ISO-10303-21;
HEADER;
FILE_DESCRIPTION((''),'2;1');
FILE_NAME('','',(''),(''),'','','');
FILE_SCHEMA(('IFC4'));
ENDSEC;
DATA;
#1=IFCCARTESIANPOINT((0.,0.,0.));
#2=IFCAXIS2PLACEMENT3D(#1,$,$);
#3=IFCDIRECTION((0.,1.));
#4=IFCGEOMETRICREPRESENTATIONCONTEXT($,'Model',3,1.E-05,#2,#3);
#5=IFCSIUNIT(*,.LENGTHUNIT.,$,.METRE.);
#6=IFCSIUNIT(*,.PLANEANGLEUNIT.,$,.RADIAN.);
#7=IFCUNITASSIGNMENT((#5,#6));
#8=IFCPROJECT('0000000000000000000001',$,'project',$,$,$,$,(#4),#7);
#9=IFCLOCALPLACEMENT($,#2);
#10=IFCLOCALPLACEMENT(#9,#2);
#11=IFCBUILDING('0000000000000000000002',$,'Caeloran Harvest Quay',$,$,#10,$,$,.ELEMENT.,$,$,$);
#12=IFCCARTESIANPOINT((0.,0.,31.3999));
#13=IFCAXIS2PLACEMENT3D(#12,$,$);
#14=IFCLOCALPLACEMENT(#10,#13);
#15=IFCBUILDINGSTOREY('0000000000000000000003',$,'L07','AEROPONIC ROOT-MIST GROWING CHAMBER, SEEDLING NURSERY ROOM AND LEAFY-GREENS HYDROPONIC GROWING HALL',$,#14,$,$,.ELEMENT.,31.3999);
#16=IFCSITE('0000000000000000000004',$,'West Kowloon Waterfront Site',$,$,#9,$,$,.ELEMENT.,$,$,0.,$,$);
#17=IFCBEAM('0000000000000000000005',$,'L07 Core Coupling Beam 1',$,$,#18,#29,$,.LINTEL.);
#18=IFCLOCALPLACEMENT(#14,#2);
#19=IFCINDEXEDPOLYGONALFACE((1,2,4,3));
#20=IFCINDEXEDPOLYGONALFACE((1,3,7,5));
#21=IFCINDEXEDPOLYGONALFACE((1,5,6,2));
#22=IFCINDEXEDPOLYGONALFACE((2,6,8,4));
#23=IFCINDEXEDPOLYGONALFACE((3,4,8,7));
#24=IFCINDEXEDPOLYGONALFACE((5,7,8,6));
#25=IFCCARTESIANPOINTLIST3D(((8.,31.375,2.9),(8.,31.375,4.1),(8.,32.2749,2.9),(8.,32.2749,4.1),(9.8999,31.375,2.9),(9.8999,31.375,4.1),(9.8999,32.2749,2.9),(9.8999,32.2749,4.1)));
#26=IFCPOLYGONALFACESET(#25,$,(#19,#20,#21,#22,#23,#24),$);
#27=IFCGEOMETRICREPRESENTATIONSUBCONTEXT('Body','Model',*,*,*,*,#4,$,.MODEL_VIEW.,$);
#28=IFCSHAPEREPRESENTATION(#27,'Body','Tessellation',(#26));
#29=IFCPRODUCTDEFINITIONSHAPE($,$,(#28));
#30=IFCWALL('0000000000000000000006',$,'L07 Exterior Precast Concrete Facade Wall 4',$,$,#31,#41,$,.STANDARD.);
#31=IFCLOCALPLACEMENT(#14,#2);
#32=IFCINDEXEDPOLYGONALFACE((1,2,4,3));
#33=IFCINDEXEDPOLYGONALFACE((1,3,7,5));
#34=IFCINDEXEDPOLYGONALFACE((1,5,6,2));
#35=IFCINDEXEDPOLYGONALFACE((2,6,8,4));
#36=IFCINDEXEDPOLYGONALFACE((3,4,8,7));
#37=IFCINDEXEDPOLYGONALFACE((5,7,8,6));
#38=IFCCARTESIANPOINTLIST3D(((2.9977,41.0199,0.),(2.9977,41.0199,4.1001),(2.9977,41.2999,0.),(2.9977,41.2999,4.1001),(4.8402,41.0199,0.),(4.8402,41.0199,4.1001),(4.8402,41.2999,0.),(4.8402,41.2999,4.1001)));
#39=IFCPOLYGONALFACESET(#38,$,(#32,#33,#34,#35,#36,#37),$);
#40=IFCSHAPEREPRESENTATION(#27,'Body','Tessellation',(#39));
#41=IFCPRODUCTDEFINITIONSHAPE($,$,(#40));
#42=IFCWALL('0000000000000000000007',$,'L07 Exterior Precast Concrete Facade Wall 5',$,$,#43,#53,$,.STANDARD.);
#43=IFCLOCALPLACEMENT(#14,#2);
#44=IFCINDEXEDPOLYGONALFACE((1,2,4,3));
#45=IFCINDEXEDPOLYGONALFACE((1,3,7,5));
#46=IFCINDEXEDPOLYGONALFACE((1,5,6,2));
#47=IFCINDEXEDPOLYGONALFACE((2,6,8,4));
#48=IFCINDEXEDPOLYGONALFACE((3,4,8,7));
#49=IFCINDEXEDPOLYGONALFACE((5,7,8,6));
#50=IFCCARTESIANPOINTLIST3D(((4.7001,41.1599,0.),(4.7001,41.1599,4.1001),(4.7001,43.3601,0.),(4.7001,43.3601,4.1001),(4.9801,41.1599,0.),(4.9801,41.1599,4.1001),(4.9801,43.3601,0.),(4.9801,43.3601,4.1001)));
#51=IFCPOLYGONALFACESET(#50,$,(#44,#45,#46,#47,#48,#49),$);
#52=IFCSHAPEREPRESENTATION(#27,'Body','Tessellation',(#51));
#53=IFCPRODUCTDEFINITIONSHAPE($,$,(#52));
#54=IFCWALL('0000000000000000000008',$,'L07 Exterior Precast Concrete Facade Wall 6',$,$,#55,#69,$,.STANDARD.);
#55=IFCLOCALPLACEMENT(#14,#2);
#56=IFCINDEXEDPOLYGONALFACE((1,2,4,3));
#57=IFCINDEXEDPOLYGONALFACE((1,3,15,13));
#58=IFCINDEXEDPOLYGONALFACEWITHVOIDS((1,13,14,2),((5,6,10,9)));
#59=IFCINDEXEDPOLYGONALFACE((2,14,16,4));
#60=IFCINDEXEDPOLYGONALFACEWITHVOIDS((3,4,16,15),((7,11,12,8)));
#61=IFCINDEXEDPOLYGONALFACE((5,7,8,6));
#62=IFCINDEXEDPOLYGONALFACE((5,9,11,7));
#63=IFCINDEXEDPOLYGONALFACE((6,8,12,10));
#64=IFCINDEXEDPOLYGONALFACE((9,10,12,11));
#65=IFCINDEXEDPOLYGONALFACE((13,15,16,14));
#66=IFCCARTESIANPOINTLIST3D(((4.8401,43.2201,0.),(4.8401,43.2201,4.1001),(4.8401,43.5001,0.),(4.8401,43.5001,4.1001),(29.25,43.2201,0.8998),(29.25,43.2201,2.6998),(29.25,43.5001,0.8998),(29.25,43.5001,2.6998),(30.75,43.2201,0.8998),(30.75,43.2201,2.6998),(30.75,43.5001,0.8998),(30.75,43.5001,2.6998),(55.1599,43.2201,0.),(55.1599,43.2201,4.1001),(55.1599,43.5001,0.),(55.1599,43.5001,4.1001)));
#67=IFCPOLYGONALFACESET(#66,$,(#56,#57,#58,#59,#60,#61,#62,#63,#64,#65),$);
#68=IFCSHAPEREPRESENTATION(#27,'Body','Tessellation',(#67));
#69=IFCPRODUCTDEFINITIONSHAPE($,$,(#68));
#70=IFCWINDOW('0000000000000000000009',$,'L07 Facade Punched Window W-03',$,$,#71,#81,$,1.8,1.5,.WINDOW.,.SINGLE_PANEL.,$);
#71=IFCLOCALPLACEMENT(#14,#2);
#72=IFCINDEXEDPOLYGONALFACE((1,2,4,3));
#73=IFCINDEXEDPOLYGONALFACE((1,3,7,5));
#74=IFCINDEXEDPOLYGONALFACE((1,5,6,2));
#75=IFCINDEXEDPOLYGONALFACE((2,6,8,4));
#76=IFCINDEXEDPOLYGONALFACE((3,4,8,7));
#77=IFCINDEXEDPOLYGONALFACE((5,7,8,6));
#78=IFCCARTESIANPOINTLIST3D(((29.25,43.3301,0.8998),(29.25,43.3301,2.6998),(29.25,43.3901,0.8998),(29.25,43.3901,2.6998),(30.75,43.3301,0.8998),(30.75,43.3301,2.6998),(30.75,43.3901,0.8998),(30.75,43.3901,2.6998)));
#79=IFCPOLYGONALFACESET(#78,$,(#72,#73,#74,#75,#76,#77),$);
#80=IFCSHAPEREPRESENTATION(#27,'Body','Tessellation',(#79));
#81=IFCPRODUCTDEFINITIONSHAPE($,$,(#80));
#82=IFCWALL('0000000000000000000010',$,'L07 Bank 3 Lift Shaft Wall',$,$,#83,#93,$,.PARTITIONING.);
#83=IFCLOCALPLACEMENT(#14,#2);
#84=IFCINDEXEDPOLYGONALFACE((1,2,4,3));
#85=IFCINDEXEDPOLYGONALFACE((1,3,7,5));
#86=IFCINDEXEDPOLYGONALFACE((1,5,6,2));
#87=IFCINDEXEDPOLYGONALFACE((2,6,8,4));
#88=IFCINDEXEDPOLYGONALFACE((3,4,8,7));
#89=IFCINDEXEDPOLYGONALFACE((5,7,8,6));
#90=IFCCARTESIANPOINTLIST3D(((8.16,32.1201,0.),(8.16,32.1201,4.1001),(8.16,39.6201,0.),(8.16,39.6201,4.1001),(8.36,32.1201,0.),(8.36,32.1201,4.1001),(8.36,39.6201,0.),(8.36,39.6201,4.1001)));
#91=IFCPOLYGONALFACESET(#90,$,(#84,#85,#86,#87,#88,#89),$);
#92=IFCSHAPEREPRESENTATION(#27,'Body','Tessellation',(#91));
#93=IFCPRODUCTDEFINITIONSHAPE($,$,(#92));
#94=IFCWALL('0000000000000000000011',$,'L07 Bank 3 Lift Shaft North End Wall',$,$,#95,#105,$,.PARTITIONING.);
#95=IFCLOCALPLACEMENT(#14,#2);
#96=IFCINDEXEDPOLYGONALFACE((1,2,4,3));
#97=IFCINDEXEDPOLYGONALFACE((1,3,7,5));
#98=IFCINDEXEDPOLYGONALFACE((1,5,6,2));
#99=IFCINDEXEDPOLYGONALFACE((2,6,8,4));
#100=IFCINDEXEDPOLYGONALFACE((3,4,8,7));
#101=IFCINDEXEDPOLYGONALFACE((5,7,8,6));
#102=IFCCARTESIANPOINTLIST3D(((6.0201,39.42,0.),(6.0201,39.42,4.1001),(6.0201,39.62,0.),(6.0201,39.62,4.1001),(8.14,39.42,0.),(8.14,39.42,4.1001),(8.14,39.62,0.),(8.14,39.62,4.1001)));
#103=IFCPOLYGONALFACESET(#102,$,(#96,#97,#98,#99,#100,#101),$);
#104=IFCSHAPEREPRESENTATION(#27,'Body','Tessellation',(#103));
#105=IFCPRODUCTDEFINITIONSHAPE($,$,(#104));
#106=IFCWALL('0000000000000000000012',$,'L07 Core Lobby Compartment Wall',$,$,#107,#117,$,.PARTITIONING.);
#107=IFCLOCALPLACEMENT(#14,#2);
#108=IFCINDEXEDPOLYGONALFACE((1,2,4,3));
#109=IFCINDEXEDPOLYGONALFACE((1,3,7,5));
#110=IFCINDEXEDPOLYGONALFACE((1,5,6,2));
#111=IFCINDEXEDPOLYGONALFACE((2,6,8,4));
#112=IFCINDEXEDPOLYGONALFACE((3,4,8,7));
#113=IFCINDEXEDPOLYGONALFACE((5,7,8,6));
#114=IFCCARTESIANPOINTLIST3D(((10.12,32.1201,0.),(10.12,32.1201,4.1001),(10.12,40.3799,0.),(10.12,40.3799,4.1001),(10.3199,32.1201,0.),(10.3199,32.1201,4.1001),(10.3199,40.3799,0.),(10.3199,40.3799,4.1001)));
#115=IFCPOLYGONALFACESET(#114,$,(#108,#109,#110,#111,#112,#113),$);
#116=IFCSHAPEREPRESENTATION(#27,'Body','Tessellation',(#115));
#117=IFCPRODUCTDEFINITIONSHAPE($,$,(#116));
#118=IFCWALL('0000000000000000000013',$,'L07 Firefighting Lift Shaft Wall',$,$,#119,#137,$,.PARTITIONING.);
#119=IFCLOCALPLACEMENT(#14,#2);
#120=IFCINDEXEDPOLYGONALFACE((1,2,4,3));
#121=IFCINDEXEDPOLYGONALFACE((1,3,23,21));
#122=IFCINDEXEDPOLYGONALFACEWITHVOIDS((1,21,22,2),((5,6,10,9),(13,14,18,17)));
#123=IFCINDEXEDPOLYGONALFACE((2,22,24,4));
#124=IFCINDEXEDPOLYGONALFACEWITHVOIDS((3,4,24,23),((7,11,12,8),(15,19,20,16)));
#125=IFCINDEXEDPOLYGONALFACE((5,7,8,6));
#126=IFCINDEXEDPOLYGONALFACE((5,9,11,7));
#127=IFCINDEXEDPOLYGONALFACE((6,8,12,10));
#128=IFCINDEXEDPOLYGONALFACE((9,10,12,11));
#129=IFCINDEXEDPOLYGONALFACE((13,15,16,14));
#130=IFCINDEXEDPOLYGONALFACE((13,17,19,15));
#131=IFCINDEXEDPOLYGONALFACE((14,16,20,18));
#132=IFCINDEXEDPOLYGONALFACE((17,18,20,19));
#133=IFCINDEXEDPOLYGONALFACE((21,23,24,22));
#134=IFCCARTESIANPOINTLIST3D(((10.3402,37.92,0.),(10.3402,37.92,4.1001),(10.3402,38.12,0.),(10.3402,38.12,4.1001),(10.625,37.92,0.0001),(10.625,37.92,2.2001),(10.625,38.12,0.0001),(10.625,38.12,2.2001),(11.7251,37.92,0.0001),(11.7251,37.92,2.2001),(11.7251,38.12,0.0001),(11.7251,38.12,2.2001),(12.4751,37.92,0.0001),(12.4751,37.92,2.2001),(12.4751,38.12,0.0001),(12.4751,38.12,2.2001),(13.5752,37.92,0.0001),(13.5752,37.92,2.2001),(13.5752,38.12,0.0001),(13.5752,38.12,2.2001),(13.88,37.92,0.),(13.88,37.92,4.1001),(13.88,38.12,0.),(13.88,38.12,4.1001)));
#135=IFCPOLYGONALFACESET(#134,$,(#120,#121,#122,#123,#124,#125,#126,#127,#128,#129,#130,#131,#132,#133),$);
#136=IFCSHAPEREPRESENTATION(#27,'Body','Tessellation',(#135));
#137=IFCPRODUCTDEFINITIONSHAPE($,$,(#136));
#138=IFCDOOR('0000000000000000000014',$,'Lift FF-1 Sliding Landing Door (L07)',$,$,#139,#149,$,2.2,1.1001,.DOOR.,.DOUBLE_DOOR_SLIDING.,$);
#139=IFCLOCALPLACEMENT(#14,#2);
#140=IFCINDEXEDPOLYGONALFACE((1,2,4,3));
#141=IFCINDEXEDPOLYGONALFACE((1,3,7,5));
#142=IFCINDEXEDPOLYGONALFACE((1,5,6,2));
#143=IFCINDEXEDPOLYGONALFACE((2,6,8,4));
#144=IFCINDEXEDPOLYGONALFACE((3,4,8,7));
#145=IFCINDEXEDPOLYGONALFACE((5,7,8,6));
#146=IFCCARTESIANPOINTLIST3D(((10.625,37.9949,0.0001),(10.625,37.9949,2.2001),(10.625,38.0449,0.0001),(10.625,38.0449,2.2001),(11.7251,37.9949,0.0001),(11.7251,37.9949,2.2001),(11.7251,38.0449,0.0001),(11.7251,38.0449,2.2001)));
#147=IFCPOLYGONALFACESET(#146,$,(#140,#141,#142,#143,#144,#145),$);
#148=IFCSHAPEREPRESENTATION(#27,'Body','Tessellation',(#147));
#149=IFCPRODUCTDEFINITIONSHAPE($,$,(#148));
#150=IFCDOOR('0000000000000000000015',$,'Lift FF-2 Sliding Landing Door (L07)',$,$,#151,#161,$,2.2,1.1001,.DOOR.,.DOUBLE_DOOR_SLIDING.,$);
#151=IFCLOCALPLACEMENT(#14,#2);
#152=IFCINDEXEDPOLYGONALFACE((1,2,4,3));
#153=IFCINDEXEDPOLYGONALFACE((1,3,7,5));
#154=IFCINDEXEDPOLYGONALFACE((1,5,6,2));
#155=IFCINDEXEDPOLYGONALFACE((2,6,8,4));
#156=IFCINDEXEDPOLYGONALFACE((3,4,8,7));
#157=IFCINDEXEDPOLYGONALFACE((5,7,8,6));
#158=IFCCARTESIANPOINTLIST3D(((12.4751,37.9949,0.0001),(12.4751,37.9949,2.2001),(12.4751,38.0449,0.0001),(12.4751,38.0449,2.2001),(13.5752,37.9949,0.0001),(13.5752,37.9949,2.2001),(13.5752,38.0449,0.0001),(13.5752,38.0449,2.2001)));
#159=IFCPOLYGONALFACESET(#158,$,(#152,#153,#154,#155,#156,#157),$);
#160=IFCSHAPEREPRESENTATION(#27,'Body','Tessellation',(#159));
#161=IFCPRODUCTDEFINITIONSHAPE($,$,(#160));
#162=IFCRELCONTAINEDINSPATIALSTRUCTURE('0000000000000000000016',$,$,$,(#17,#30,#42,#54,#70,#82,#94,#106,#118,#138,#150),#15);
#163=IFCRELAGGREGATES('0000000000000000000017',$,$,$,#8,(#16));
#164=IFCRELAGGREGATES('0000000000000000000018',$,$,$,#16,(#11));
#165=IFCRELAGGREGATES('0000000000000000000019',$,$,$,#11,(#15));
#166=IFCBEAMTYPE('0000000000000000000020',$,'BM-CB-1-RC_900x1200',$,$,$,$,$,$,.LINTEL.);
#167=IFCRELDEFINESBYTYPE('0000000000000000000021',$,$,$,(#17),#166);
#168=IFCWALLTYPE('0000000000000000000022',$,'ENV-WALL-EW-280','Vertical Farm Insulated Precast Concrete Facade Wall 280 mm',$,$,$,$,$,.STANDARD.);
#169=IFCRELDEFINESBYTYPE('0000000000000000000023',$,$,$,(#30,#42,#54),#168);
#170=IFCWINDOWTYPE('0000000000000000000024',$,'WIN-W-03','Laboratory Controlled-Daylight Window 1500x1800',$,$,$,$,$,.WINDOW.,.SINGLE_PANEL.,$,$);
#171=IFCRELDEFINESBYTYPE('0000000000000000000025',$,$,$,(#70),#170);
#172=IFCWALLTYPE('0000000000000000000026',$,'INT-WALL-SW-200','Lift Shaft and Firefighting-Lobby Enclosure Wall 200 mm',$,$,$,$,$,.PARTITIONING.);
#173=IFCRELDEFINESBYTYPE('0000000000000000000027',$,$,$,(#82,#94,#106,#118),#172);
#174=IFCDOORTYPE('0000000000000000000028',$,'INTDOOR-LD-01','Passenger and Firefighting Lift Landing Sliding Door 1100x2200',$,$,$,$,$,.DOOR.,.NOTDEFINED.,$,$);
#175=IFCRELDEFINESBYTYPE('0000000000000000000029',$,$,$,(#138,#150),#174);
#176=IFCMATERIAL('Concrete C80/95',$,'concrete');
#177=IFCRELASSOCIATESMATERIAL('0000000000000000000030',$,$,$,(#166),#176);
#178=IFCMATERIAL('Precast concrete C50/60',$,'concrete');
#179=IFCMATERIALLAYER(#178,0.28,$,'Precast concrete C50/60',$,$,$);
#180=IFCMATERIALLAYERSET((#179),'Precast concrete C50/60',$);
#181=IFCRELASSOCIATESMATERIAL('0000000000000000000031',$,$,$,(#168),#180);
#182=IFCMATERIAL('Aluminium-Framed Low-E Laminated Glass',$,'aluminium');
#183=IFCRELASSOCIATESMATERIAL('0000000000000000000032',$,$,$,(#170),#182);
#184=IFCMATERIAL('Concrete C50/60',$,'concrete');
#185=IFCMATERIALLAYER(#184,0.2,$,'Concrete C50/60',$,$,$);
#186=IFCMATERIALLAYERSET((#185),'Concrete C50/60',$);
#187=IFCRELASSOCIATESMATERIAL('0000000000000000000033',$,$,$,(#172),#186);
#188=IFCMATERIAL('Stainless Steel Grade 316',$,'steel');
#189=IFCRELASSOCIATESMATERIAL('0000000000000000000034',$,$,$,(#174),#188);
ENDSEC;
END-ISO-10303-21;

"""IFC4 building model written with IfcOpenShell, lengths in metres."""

from ifc_helpers import new_model, si_unit, direction, frame, frame_2d, origin, origin_2d, place, context, subcontext, project, spatial, rectangle, extrude, material, layer, layer_set, material_profile, profile_set, type_object, element, fill, save


model = new_model("IFC4")

# Units and contexts
model_context = context("Model", 3, precision=1e-05, world=origin(), true_north=direction((0.0, 1.0)))
body_context = subcontext(model_context, "Body", "Model", "MODEL_VIEW")
ifc_project = project(units=[si_unit("LENGTHUNIT", "METRE"), si_unit("PLANEANGLEUNIT", "RADIAN")], contexts=[model_context])

# Site, building, storey
site_placement = place(None, origin())
site = spatial("IfcSite", under=ifc_project, at=site_placement, Name="West Kowloon Waterfront Site", CompositionType="ELEMENT", RefElevation=0.0)
building_placement = place(site_placement, origin())
building = spatial("IfcBuilding", under=site, at=building_placement, Name="Caeloran Harvest Quay", CompositionType="ELEMENT")
storey_placement = place(building_placement, frame((0.0, 0.0, 31.3999)))
storey = spatial("IfcBuildingStorey", under=building, at=storey_placement, Name="L07", Description="AEROPONIC ROOT-MIST GROWING CHAMBER, SEEDLING NURSERY ROOM AND LEAFY-GREENS HYDROPONIC GROWING HALL", CompositionType="ELEMENT", Elevation=31.3999)

# Beam
ifc_material_1 = material(Name="Concrete C80/95", Category="concrete")
ifc_material_profile = material_profile(ifc_material_1, rectangle(XDim=0.8999, YDim=1.2, at=origin_2d()), Name="RC 900x1200")
ifc_profile_set = profile_set([ifc_material_profile], Name="Concrete C80/95")
beam_type = type_object("IfcBeamType", Name="BM-CB-1-RC_900x1200", PredefinedType="LINTEL", material=ifc_profile_set)
beam_placement = place(storey_placement, frame((8.0, 31.825, 3.5), z_axis=(1.0, 0.0, 0.0), x_axis=(0.0, 1.0, 0.0)))
element("IfcBeam", 1, at=beam_placement, inside=storey, type_object=beam_type, Name="L07 Core Coupling Beam 1", PredefinedType="LINTEL", context=body_context, shape_type="SweptSolid", body=[
    extrude(rectangle(XDim=0.8999, YDim=1.2, at=origin_2d()), origin(), (0.0, 0.0, 1.0), 1.8999),
])

# Walls
ifc_material_2 = material(Name="Precast concrete C50/60", Category="concrete")
ifc_layer_1 = layer(ifc_material_2, 0.28, Name="Precast concrete C50/60")
ifc_layer_set_1 = layer_set([ifc_layer_1], Name="Precast concrete C50/60")
wall_type_1 = type_object("IfcWallType", Name="ENV-WALL-EW-280", Description="Vertical Farm Insulated Precast Concrete Facade Wall 280 mm", PredefinedType="STANDARD", material=ifc_layer_set_1)
wall_1_placement = place(storey_placement, frame((2.9976, 41.1599, 0.0), z_axis=(0.0, 0.0, 1.0), x_axis=(1.0, 0.0, 0.0)))
element("IfcWall", 2, at=wall_1_placement, inside=storey, type_object=wall_type_1, Name="L07 Exterior Precast Concrete Facade Wall 4", PredefinedType="STANDARD", context=body_context, shape_type="SweptSolid", body=[
    extrude(rectangle(XDim=1.8425, YDim=0.28, at=frame_2d((0.9214, 0.0))), origin(), (0.0, 0.0, 1.0), 4.1001),
])
wall_2_placement = place(storey_placement, frame((4.8401, 41.1599, 0.0), z_axis=(0.0, 0.0, 1.0), x_axis=(0.0, 1.0, 0.0)))
element("IfcWall", 3, at=wall_2_placement, inside=storey, type_object=wall_type_1, Name="L07 Exterior Precast Concrete Facade Wall 5", PredefinedType="STANDARD", context=body_context, shape_type="SweptSolid", body=[
    extrude(rectangle(XDim=2.2002, YDim=0.28, at=frame_2d((1.1001, 0.0))), origin(), (0.0, 0.0, 1.0), 4.1001),
])

# Wall, opening, window
wall_3_placement = place(storey_placement, frame((4.8401, 43.3601, 0.0), z_axis=(0.0, 0.0, 1.0), x_axis=(1.0, 0.0, 0.0)))
wall_3 = element("IfcWall", 4, at=wall_3_placement, inside=storey, type_object=wall_type_1, Name="L07 Exterior Precast Concrete Facade Wall 6", PredefinedType="STANDARD", context=body_context, shape_type="SweptSolid", body=[
    extrude(rectangle(XDim=50.3198, YDim=0.28, at=frame_2d((25.1599, 0.0))), origin(), (0.0, 0.0, 1.0), 4.1001),
])
opening_1_placement = place(wall_3_placement, frame((24.4099, 0.0, 0.8999)))
opening_1 = element("IfcOpeningElement", 5, at=opening_1_placement, cuts=wall_3, PredefinedType="OPENING", context=body_context, shape_type="SweptSolid", body=[
    extrude(rectangle(XDim=1.5, YDim=1.8, at=frame_2d((0.75, 0.8999))), frame((0.0, 0.1499, 0.0), z_axis=(0.0, -1.0, 0.0), x_axis=(1.0, 0.0, 0.0)), (0.0, 0.0, 1.0), 0.3),
])
ifc_material_3 = material(Name="Aluminium-Framed Low-E Laminated Glass", Category="aluminium")
window_type = type_object("IfcWindowType", Name="WIN-W-03", Description="Laboratory Controlled-Daylight Window 1500x1800", PartitioningType="SINGLE_PANEL", PredefinedType="WINDOW", material=ifc_material_3)
window_placement = place(opening_1_placement, origin())
window = element("IfcWindow", 6, at=window_placement, inside=storey, type_object=window_type, Name="L07 Facade Punched Window W-03", OverallHeight=1.8, OverallWidth=1.5, PartitioningType="SINGLE_PANEL", PredefinedType="WINDOW", context=body_context, shape_type="SweptSolid", body=[
    extrude(rectangle(XDim=1.5, YDim=1.8, at=frame_2d((0.75, 0.8999))), frame((0.0, 0.03, 0.0), z_axis=(0.0, -1.0, 0.0), x_axis=(1.0, 0.0, 0.0)), (0.0, 0.0, 1.0), 0.0601),
])
fill(opening_1, window)

# Walls
ifc_material_4 = material(Name="Concrete C50/60", Category="concrete")
ifc_layer_2 = layer(ifc_material_4, 0.2, Name="Concrete C50/60")
ifc_layer_set_2 = layer_set([ifc_layer_2], Name="Concrete C50/60")
wall_type_2 = type_object("IfcWallType", Name="INT-WALL-SW-200", Description="Lift Shaft and Firefighting-Lobby Enclosure Wall 200 mm", PredefinedType="PARTITIONING", material=ifc_layer_set_2)
wall_4_placement = place(storey_placement, frame((8.26, 32.1201, 0.0), z_axis=(0.0, 0.0, 1.0), x_axis=(0.0, 1.0, 0.0)))
element("IfcWall", 7, at=wall_4_placement, inside=storey, type_object=wall_type_2, Name="L07 Bank 3 Lift Shaft Wall", PredefinedType="PARTITIONING", context=body_context, shape_type="SweptSolid", body=[
    extrude(rectangle(XDim=7.5, YDim=0.2, at=frame_2d((3.75, 0.0))), origin(), (0.0, 0.0, 1.0), 4.1001),
])
wall_5_placement = place(storey_placement, frame((6.02, 39.52, 0.0), z_axis=(0.0, 0.0, 1.0), x_axis=(1.0, 0.0, 0.0)))
element("IfcWall", 8, at=wall_5_placement, inside=storey, type_object=wall_type_2, Name="L07 Bank 3 Lift Shaft North End Wall", PredefinedType="PARTITIONING", context=body_context, shape_type="SweptSolid", body=[
    extrude(rectangle(XDim=2.1199, YDim=0.2, at=frame_2d((1.0601, 0.0))), origin(), (0.0, 0.0, 1.0), 4.1001),
])
wall_6_placement = place(storey_placement, frame((10.22, 32.1201, 0.0), z_axis=(0.0, 0.0, 1.0), x_axis=(0.0, 1.0, 0.0)))
element("IfcWall", 9, at=wall_6_placement, inside=storey, type_object=wall_type_2, Name="L07 Core Lobby Compartment Wall", PredefinedType="PARTITIONING", context=body_context, shape_type="SweptSolid", body=[
    extrude(rectangle(XDim=8.2598, YDim=0.2, at=frame_2d((4.1299, 0.0))), origin(), (0.0, 0.0, 1.0), 4.1001),
])

# Wall, openings, doors
wall_7_placement = place(storey_placement, frame((10.3401, 38.02, 0.0), z_axis=(0.0, 0.0, 1.0), x_axis=(1.0, 0.0, 0.0)))
wall_7 = element("IfcWall", 10, at=wall_7_placement, inside=storey, type_object=wall_type_2, Name="L07 Firefighting Lift Shaft Wall", PredefinedType="PARTITIONING", context=body_context, shape_type="SweptSolid", body=[
    extrude(rectangle(XDim=3.5398, YDim=0.2, at=frame_2d((1.77, 0.0))), origin(), (0.0, 0.0, 1.0), 4.1001),
])
opening_2_placement = place(wall_7_placement, frame((0.2849, 0.0, 0.0)))
opening_2 = element("IfcOpeningElement", 11, at=opening_2_placement, cuts=wall_7, PredefinedType="OPENING", context=body_context, shape_type="SweptSolid", body=[
    extrude(rectangle(XDim=1.1001, YDim=2.2, at=frame_2d((0.55, 1.1001))), frame((0.0, 0.1099, 0.0), z_axis=(0.0, -1.0, 0.0), x_axis=(1.0, 0.0, 0.0)), (0.0, 0.0, 1.0), 0.22),
])
opening_3_placement = place(wall_7_placement, frame((2.135, 0.0, 0.0)))
opening_3 = element("IfcOpeningElement", 12, at=opening_3_placement, cuts=wall_7, PredefinedType="OPENING", context=body_context, shape_type="SweptSolid", body=[
    extrude(rectangle(XDim=1.1001, YDim=2.2, at=frame_2d((0.55, 1.1001))), frame((0.0, 0.1099, 0.0), z_axis=(0.0, -1.0, 0.0), x_axis=(1.0, 0.0, 0.0)), (0.0, 0.0, 1.0), 0.22),
])
ifc_material_5 = material(Name="Stainless Steel Grade 316", Category="steel")
door_type_1 = type_object("IfcDoorType", Name="INTDOOR-LD-01", Description="Passenger and Firefighting Lift Landing Sliding Door 1100x2200", OperationType="NOTDEFINED", PredefinedType="DOOR", material=ifc_material_5)
door_1_placement = place(opening_2_placement, origin())
door_1 = element("IfcDoor", 13, at=door_1_placement, inside=storey, type_object=door_type_1, Name="Lift FF-1 Sliding Landing Door (L07)", OperationType="DOUBLE_DOOR_SLIDING", OverallHeight=2.2, OverallWidth=1.1001, PredefinedType="DOOR", context=body_context, shape_type="SweptSolid", body=[
    extrude(rectangle(XDim=1.1001, YDim=2.2, at=frame_2d((0.55, 1.1001))), frame((0.0, 0.0249, 0.0), z_axis=(0.0, -1.0, 0.0), x_axis=(1.0, 0.0, 0.0)), (0.0, 0.0, 1.0), 0.05),
])
fill(opening_2, door_1)
door_2_placement = place(opening_3_placement, origin())
door_2 = element("IfcDoor", 14, at=door_2_placement, inside=storey, type_object=door_type_1, Name="Lift FF-2 Sliding Landing Door (L07)", OperationType="DOUBLE_DOOR_SLIDING", OverallHeight=2.2, OverallWidth=1.1001, PredefinedType="DOOR", context=body_context, shape_type="SweptSolid", body=[
    extrude(rectangle(XDim=1.1001, YDim=2.2, at=frame_2d((0.55, 1.1001))), frame((0.0, 0.0249, 0.0), z_axis=(0.0, -1.0, 0.0), x_axis=(1.0, 0.0, 0.0)), (0.0, 0.0, 1.0), 0.05),
])
fill(opening_3, door_2)

save(model, "model.ifc")
